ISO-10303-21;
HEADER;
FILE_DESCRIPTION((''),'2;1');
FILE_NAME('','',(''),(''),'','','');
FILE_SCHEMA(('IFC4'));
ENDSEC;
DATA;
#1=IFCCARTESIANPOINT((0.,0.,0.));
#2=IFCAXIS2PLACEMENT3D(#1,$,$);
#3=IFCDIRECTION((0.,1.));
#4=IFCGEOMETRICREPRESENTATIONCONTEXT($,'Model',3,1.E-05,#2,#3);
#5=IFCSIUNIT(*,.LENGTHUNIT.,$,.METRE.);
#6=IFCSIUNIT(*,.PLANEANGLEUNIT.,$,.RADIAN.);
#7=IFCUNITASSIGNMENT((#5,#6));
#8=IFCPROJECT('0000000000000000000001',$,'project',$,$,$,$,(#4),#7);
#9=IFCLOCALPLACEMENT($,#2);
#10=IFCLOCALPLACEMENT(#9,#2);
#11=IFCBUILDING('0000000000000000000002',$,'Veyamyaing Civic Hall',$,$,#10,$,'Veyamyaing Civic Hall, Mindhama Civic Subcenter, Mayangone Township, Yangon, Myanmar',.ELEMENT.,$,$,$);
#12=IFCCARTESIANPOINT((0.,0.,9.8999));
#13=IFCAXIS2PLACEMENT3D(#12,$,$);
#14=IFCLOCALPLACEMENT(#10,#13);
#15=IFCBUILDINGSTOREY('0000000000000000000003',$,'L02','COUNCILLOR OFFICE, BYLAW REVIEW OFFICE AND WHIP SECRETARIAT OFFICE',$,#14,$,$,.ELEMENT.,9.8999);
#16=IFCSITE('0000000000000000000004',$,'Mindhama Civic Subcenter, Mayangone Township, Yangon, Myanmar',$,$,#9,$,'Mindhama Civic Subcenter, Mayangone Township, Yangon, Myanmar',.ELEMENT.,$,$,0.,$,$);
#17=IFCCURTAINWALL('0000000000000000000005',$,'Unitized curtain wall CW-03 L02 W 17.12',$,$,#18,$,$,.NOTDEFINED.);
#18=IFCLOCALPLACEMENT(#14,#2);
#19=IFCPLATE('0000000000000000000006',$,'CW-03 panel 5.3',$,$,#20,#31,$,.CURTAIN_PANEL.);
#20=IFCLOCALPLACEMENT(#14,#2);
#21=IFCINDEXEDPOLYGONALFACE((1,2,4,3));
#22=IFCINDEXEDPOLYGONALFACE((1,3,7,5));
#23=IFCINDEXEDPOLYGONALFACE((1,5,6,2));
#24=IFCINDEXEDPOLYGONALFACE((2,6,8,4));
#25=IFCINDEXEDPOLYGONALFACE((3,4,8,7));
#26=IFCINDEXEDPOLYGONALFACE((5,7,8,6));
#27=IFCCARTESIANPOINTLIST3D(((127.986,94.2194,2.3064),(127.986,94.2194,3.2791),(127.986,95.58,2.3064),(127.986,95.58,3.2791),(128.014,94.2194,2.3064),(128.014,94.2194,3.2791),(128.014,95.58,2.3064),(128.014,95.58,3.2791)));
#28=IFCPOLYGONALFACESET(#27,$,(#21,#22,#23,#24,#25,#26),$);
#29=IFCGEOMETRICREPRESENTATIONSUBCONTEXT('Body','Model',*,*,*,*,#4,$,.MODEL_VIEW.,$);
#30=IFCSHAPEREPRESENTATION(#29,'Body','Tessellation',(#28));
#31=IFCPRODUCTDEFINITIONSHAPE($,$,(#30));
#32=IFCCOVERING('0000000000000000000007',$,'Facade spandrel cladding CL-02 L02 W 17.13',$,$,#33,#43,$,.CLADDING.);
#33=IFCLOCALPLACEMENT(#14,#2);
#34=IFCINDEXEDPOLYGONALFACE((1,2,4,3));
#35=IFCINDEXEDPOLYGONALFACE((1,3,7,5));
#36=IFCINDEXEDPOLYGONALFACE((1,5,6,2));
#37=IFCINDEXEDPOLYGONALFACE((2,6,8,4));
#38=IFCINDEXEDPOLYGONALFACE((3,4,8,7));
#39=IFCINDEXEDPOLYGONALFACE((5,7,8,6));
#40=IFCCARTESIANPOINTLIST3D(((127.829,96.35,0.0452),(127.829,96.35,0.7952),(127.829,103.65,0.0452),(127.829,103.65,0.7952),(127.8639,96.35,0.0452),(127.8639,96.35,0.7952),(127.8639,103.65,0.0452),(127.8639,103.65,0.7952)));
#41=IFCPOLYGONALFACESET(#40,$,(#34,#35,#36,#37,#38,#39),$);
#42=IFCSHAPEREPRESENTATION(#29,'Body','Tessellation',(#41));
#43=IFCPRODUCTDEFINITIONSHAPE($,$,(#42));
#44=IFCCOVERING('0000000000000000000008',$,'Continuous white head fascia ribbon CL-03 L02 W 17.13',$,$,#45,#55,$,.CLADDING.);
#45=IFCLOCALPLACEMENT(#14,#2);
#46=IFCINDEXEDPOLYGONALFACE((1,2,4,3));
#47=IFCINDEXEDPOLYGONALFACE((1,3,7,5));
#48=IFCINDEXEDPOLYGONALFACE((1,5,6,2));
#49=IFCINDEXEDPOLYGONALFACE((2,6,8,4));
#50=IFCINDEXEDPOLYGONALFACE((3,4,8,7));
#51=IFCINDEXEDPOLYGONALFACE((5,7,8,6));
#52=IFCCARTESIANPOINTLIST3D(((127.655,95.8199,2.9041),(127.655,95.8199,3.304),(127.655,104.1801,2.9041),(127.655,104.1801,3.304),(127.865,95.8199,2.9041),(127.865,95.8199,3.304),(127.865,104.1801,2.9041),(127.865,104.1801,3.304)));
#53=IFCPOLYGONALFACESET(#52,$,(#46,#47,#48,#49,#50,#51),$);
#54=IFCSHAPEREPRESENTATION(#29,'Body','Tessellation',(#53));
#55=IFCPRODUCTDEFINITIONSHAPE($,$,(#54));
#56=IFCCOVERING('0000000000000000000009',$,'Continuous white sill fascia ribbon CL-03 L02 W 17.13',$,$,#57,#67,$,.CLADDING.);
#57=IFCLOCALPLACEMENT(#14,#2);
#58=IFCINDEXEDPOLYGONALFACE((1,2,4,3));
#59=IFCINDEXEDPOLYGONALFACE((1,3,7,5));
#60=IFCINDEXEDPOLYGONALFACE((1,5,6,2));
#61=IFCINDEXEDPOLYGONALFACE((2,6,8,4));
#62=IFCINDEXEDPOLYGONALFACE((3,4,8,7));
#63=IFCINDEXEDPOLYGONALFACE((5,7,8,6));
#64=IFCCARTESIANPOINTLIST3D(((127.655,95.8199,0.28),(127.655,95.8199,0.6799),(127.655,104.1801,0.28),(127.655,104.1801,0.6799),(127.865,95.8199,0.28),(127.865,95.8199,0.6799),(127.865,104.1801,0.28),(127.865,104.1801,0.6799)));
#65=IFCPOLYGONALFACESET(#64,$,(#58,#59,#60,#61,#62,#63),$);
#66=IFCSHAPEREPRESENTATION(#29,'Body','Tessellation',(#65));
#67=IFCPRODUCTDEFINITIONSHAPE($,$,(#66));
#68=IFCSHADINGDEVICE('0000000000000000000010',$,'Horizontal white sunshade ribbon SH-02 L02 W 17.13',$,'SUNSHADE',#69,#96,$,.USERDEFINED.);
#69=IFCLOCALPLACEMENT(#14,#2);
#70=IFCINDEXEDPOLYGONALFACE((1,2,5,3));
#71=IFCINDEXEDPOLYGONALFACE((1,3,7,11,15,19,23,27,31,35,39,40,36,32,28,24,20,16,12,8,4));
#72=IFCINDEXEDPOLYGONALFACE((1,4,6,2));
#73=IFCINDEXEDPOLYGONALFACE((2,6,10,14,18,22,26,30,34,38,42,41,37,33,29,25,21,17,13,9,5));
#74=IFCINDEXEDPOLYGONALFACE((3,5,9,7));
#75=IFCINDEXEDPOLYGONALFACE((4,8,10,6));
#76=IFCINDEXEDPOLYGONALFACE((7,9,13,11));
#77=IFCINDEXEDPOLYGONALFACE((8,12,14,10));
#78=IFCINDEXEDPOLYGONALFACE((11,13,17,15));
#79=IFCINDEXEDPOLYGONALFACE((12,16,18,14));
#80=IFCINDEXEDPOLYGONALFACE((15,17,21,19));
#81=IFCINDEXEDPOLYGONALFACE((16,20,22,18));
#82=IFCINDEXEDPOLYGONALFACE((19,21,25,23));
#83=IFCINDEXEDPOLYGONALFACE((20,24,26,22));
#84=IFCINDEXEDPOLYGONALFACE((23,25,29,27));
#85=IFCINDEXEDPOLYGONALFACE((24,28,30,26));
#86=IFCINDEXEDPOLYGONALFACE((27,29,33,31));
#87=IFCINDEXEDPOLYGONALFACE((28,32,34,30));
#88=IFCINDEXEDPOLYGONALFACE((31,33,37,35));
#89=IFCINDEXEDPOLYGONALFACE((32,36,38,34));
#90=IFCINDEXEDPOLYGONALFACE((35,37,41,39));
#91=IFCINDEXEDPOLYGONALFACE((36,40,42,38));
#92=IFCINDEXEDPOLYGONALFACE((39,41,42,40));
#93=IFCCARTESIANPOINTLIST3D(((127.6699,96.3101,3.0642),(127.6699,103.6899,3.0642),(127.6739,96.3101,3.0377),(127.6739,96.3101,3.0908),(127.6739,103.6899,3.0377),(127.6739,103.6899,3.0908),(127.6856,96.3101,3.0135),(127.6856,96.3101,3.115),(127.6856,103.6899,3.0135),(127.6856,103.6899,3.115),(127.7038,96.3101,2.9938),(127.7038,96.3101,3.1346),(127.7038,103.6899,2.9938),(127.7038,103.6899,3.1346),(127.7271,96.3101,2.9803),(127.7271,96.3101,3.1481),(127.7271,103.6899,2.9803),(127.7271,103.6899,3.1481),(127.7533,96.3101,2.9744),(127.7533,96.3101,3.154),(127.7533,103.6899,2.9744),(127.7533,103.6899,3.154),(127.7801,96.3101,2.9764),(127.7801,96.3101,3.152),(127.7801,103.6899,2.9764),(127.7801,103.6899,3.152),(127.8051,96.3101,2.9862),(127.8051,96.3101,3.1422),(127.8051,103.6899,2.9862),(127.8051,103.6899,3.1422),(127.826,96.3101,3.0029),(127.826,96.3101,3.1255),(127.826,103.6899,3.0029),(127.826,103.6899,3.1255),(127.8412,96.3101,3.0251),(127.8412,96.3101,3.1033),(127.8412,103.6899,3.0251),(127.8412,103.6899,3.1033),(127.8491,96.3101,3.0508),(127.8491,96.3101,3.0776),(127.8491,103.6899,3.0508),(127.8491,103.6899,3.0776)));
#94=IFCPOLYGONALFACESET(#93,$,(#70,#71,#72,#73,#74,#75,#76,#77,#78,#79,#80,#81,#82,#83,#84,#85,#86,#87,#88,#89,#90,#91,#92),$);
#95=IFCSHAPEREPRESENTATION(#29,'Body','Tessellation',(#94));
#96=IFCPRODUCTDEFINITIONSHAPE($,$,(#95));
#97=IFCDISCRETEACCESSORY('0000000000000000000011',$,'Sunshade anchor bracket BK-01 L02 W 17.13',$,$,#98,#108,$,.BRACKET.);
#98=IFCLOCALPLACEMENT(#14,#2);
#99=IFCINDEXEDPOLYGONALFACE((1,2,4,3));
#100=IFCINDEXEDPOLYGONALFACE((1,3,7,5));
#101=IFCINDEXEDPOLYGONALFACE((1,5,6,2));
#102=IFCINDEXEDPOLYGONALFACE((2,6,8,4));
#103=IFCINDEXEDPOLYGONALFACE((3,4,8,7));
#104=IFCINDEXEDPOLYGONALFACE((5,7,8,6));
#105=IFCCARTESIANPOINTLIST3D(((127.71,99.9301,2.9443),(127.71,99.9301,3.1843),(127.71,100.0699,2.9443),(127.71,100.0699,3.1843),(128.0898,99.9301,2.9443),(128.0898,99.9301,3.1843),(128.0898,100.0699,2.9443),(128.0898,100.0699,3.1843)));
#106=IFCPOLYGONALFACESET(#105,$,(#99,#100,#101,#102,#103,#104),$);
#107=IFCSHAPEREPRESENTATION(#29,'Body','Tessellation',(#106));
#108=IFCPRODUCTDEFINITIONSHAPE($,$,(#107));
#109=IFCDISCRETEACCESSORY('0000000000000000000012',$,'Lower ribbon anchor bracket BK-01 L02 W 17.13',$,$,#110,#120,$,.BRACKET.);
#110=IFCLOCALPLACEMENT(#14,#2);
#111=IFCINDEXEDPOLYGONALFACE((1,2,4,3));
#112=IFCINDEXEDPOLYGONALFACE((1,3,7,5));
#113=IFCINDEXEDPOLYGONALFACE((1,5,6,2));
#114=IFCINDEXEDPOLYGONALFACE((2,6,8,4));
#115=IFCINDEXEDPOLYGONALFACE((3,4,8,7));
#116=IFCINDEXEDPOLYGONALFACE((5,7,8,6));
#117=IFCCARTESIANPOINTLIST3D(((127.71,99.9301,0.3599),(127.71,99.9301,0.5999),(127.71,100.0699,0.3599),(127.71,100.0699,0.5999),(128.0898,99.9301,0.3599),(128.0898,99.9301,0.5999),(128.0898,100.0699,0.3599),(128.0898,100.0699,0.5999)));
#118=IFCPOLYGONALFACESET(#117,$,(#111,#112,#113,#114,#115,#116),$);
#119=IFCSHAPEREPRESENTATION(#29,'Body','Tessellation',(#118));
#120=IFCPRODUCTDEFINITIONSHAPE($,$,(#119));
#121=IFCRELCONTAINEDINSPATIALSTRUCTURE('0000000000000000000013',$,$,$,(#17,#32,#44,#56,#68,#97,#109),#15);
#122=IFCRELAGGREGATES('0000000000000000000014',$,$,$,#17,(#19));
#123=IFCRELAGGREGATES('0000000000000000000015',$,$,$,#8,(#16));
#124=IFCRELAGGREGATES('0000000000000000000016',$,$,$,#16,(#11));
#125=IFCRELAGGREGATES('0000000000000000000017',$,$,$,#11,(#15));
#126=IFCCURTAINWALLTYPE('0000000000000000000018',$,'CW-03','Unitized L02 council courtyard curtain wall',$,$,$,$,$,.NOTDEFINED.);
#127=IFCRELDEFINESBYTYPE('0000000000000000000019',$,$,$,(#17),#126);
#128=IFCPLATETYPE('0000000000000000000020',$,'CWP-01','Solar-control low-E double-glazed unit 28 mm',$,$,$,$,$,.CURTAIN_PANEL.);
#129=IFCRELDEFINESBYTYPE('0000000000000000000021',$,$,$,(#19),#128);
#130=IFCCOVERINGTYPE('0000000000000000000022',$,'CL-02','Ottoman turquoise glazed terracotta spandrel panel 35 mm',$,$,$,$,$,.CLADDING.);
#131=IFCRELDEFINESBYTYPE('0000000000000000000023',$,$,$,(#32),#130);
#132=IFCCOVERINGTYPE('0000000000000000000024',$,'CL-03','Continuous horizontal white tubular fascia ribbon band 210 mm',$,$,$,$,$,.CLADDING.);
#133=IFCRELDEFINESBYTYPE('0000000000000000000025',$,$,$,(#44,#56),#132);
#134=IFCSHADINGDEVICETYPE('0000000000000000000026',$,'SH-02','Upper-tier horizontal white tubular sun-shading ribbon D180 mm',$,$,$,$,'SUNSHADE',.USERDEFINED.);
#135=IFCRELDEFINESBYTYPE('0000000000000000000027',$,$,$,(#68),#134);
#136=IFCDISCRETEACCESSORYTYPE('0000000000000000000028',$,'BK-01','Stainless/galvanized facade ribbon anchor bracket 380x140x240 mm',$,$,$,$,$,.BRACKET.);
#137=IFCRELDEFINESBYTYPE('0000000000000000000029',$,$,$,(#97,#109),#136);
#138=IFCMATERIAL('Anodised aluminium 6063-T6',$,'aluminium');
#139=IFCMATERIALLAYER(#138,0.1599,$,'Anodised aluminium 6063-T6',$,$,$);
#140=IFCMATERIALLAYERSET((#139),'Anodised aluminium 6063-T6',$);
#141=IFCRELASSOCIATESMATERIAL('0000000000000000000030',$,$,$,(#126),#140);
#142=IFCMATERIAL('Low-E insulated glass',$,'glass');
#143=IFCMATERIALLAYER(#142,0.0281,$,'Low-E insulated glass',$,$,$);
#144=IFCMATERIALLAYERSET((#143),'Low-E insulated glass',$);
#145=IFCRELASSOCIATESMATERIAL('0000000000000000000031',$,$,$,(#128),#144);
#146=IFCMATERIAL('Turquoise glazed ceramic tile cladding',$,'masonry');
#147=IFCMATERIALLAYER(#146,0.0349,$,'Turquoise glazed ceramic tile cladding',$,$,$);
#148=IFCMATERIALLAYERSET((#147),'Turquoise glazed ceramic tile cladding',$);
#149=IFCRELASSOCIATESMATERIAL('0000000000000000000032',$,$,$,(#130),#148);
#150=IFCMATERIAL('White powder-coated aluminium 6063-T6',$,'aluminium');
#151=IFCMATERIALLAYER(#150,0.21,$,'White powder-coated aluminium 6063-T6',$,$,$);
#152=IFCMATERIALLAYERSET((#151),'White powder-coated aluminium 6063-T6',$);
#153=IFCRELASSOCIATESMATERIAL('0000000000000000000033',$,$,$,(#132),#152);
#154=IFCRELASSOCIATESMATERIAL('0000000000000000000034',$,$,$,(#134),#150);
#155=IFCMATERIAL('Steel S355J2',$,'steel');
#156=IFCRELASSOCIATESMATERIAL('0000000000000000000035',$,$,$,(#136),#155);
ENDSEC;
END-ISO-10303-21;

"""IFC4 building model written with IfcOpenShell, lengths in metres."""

from ifc_helpers import new_model, si_unit, direction, frame, origin, origin_2d, place, context, subcontext, project, spatial, rectangle, circle, extrude, material, layer, layer_set, material_profile, profile_set, type_object, element, aggregate, save


model = new_model("IFC4")

# Units and contexts
model_context = context("Model", 3, precision=1e-05, world=origin(), true_north=direction((0.0, 1.0)))
body_context = subcontext(model_context, "Body", "Model", "MODEL_VIEW")
ifc_project = project(units=[si_unit("LENGTHUNIT", "METRE"), si_unit("PLANEANGLEUNIT", "RADIAN")], contexts=[model_context])

# Site, building, storey
site_placement = place(None, origin())
site = spatial("IfcSite", under=ifc_project, at=site_placement, Name="Mindhama Civic Subcenter, Mayangone Township, Yangon, Myanmar", LongName="Mindhama Civic Subcenter, Mayangone Township, Yangon, Myanmar", CompositionType="ELEMENT", RefElevation=0.0)
building_placement = place(site_placement, origin())
building = spatial("IfcBuilding", under=site, at=building_placement, Name="Veyamyaing Civic Hall", LongName="Veyamyaing Civic Hall, Mindhama Civic Subcenter, Mayangone Township, Yangon, Myanmar", CompositionType="ELEMENT")
storey_placement = place(building_placement, frame((0.0, 0.0, 9.8999)))
storey = spatial("IfcBuildingStorey", under=building, at=storey_placement, Name="L02", Description="COUNCILLOR OFFICE, BYLAW REVIEW OFFICE AND WHIP SECRETARIAT OFFICE", CompositionType="ELEMENT", Elevation=9.8999)

# Curtain wall, plate
ifc_material_1 = material(Name="Anodised aluminium 6063-T6", Category="aluminium")
ifc_layer_1 = layer(ifc_material_1, 0.1599, Name="Anodised aluminium 6063-T6")
ifc_layer_set_1 = layer_set([ifc_layer_1], Name="Anodised aluminium 6063-T6")
curtain_wall_type = type_object("IfcCurtainWallType", Name="CW-03", Description="Unitized L02 council courtyard curtain wall", PredefinedType="NOTDEFINED", material=ifc_layer_set_1)
curtain_wall_placement = place(storey_placement, origin())
curtain_wall = element("IfcCurtainWall", 1, at=curtain_wall_placement, inside=storey, type_object=curtain_wall_type, Name="Unitized curtain wall CW-03 L02 W 17.12", PredefinedType="NOTDEFINED")
ifc_material_2 = material(Name="Low-E insulated glass", Category="glass")
ifc_layer_2 = layer(ifc_material_2, 0.0281, Name="Low-E insulated glass")
ifc_layer_set_2 = layer_set([ifc_layer_2], Name="Low-E insulated glass")
plate_type = type_object("IfcPlateType", Name="CWP-01", Description="Solar-control low-E double-glazed unit 28 mm", PredefinedType="CURTAIN_PANEL", material=ifc_layer_set_2)
plate_1_placement = place(storey_placement, frame((128.0, 94.8997, 2.3064), z_axis=(0.0, 0.0, 1.0), x_axis=(0.0, 1.0, 0.0)))
plate_1 = element("IfcPlate", 2, at=plate_1_placement, type_object=plate_type, Name="CW-03 panel 5.3", PredefinedType="CURTAIN_PANEL", context=body_context, shape_type="SweptSolid", body=[
    extrude(rectangle(XDim=1.3606, YDim=0.0281, at=origin_2d()), origin(), (0.0, 0.0, 1.0), 0.9727),
])
aggregate(curtain_wall, [plate_1])

# Coverings
ifc_material_3 = material(Name="Turquoise glazed ceramic tile cladding", Category="masonry")
ifc_layer_3 = layer(ifc_material_3, 0.0349, Name="Turquoise glazed ceramic tile cladding")
ifc_layer_set_3 = layer_set([ifc_layer_3], Name="Turquoise glazed ceramic tile cladding")
covering_type_1 = type_object("IfcCoveringType", Name="CL-02", Description="Ottoman turquoise glazed terracotta spandrel panel 35 mm", PredefinedType="CLADDING", material=ifc_layer_set_3)
covering_placement = place(storey_placement, frame((127.8464, 100.0, 0.0452), z_axis=(0.0, 0.0, 1.0), x_axis=(0.0, 1.0, 0.0)))
element("IfcCovering", 3, at=covering_placement, inside=storey, type_object=covering_type_1, Name="Facade spandrel cladding CL-02 L02 W 17.13", PredefinedType="CLADDING", context=body_context, shape_type="SweptSolid", body=[
    extrude(rectangle(XDim=7.3, YDim=0.0349, at=origin_2d()), origin(), (0.0, 0.0, 1.0), 0.75),
])
ifc_material_4 = material(Name="White powder-coated aluminium 6063-T6", Category="aluminium")
ifc_layer_4 = layer(ifc_material_4, 0.21, Name="White powder-coated aluminium 6063-T6")
ifc_layer_set_4 = layer_set([ifc_layer_4], Name="White powder-coated aluminium 6063-T6")
covering_type_2 = type_object("IfcCoveringType", Name="CL-03", Description="Continuous horizontal white tubular fascia ribbon band 210 mm", PredefinedType="CLADDING", material=ifc_layer_set_4)
for number, where, z_axis, x_axis, name in (
    (4, (127.76, 100.0, 2.9041), (0.0, 0.0, 1.0), (0.0, 1.0, 0.0), "Continuous white head fascia ribbon CL-03 L02 W 17.13"),
    (5, (127.76, 100.0, 0.28), (0.0, 0.0, 1.0), (0.0, 1.0, 0.0), "Continuous white sill fascia ribbon CL-03 L02 W 17.13"),
):
    element("IfcCovering", number, at=place(storey_placement, frame(where, z_axis=z_axis, x_axis=x_axis)), inside=storey, type_object=covering_type_2, Name=name, PredefinedType="CLADDING", context=body_context, shape_type="SweptSolid", body=[
        extrude(rectangle(XDim=8.3601, YDim=0.21, at=origin_2d()), origin(), (0.0, 0.0, 1.0), 0.3999),
    ])

# Shading device
ifc_material_profile_1 = material_profile(ifc_material_4, circle(Radius=0.0901, at=origin_2d()), Name="SHADE-TUBE-180")
ifc_profile_set_1 = profile_set([ifc_material_profile_1], Name="White powder-coated aluminium 6063-T6")
shading_device_type = type_object("IfcShadingDeviceType", Name="SH-02", Description="Upper-tier horizontal white tubular sun-shading ribbon D180 mm", ElementType="SUNSHADE", PredefinedType="USERDEFINED", material=ifc_profile_set_1)
shading_device_placement = place(storey_placement, frame((127.76, 96.3101, 3.0642), z_axis=(0.0, 1.0, 0.0), x_axis=(-1.0, 0.0, 0.0)))
element("IfcShadingDevice", 6, at=shading_device_placement, inside=storey, type_object=shading_device_type, Name="Horizontal white sunshade ribbon SH-02 L02 W 17.13", ObjectType="SUNSHADE", PredefinedType="USERDEFINED", context=body_context, shape_type="SweptSolid", body=[
    extrude(circle(Radius=0.0901, at=origin_2d()), origin(), (0.0, 0.0, 1.0), 7.3799),
])

# Discrete accessories
ifc_material_5 = material(Name="Steel S355J2", Category="steel")
discrete_accessory_type = type_object("IfcDiscreteAccessoryType", Name="BK-01", Description="Stainless/galvanized facade ribbon anchor bracket 380x140x240 mm", PredefinedType="BRACKET", material=ifc_material_5)
for number, where, z_axis, x_axis, name in (
    (7, (127.8999, 100.0, 2.9443), (0.0, 0.0, 1.0), (-1.0, 0.0, 0.0), "Sunshade anchor bracket BK-01 L02 W 17.13"),
    (8, (127.8999, 100.0, 0.3599), (0.0, 0.0, 1.0), (-1.0, 0.0, 0.0), "Lower ribbon anchor bracket BK-01 L02 W 17.13"),
):
    element("IfcDiscreteAccessory", number, at=place(storey_placement, frame(where, z_axis=z_axis, x_axis=x_axis)), inside=storey, type_object=discrete_accessory_type, Name=name, PredefinedType="BRACKET", context=body_context, shape_type="SweptSolid", body=[
        extrude(rectangle(XDim=0.3799, YDim=0.1399, at=origin_2d()), origin(), (0.0, 0.0, 1.0), 0.24),
    ])

save(model, "model.ifc")
